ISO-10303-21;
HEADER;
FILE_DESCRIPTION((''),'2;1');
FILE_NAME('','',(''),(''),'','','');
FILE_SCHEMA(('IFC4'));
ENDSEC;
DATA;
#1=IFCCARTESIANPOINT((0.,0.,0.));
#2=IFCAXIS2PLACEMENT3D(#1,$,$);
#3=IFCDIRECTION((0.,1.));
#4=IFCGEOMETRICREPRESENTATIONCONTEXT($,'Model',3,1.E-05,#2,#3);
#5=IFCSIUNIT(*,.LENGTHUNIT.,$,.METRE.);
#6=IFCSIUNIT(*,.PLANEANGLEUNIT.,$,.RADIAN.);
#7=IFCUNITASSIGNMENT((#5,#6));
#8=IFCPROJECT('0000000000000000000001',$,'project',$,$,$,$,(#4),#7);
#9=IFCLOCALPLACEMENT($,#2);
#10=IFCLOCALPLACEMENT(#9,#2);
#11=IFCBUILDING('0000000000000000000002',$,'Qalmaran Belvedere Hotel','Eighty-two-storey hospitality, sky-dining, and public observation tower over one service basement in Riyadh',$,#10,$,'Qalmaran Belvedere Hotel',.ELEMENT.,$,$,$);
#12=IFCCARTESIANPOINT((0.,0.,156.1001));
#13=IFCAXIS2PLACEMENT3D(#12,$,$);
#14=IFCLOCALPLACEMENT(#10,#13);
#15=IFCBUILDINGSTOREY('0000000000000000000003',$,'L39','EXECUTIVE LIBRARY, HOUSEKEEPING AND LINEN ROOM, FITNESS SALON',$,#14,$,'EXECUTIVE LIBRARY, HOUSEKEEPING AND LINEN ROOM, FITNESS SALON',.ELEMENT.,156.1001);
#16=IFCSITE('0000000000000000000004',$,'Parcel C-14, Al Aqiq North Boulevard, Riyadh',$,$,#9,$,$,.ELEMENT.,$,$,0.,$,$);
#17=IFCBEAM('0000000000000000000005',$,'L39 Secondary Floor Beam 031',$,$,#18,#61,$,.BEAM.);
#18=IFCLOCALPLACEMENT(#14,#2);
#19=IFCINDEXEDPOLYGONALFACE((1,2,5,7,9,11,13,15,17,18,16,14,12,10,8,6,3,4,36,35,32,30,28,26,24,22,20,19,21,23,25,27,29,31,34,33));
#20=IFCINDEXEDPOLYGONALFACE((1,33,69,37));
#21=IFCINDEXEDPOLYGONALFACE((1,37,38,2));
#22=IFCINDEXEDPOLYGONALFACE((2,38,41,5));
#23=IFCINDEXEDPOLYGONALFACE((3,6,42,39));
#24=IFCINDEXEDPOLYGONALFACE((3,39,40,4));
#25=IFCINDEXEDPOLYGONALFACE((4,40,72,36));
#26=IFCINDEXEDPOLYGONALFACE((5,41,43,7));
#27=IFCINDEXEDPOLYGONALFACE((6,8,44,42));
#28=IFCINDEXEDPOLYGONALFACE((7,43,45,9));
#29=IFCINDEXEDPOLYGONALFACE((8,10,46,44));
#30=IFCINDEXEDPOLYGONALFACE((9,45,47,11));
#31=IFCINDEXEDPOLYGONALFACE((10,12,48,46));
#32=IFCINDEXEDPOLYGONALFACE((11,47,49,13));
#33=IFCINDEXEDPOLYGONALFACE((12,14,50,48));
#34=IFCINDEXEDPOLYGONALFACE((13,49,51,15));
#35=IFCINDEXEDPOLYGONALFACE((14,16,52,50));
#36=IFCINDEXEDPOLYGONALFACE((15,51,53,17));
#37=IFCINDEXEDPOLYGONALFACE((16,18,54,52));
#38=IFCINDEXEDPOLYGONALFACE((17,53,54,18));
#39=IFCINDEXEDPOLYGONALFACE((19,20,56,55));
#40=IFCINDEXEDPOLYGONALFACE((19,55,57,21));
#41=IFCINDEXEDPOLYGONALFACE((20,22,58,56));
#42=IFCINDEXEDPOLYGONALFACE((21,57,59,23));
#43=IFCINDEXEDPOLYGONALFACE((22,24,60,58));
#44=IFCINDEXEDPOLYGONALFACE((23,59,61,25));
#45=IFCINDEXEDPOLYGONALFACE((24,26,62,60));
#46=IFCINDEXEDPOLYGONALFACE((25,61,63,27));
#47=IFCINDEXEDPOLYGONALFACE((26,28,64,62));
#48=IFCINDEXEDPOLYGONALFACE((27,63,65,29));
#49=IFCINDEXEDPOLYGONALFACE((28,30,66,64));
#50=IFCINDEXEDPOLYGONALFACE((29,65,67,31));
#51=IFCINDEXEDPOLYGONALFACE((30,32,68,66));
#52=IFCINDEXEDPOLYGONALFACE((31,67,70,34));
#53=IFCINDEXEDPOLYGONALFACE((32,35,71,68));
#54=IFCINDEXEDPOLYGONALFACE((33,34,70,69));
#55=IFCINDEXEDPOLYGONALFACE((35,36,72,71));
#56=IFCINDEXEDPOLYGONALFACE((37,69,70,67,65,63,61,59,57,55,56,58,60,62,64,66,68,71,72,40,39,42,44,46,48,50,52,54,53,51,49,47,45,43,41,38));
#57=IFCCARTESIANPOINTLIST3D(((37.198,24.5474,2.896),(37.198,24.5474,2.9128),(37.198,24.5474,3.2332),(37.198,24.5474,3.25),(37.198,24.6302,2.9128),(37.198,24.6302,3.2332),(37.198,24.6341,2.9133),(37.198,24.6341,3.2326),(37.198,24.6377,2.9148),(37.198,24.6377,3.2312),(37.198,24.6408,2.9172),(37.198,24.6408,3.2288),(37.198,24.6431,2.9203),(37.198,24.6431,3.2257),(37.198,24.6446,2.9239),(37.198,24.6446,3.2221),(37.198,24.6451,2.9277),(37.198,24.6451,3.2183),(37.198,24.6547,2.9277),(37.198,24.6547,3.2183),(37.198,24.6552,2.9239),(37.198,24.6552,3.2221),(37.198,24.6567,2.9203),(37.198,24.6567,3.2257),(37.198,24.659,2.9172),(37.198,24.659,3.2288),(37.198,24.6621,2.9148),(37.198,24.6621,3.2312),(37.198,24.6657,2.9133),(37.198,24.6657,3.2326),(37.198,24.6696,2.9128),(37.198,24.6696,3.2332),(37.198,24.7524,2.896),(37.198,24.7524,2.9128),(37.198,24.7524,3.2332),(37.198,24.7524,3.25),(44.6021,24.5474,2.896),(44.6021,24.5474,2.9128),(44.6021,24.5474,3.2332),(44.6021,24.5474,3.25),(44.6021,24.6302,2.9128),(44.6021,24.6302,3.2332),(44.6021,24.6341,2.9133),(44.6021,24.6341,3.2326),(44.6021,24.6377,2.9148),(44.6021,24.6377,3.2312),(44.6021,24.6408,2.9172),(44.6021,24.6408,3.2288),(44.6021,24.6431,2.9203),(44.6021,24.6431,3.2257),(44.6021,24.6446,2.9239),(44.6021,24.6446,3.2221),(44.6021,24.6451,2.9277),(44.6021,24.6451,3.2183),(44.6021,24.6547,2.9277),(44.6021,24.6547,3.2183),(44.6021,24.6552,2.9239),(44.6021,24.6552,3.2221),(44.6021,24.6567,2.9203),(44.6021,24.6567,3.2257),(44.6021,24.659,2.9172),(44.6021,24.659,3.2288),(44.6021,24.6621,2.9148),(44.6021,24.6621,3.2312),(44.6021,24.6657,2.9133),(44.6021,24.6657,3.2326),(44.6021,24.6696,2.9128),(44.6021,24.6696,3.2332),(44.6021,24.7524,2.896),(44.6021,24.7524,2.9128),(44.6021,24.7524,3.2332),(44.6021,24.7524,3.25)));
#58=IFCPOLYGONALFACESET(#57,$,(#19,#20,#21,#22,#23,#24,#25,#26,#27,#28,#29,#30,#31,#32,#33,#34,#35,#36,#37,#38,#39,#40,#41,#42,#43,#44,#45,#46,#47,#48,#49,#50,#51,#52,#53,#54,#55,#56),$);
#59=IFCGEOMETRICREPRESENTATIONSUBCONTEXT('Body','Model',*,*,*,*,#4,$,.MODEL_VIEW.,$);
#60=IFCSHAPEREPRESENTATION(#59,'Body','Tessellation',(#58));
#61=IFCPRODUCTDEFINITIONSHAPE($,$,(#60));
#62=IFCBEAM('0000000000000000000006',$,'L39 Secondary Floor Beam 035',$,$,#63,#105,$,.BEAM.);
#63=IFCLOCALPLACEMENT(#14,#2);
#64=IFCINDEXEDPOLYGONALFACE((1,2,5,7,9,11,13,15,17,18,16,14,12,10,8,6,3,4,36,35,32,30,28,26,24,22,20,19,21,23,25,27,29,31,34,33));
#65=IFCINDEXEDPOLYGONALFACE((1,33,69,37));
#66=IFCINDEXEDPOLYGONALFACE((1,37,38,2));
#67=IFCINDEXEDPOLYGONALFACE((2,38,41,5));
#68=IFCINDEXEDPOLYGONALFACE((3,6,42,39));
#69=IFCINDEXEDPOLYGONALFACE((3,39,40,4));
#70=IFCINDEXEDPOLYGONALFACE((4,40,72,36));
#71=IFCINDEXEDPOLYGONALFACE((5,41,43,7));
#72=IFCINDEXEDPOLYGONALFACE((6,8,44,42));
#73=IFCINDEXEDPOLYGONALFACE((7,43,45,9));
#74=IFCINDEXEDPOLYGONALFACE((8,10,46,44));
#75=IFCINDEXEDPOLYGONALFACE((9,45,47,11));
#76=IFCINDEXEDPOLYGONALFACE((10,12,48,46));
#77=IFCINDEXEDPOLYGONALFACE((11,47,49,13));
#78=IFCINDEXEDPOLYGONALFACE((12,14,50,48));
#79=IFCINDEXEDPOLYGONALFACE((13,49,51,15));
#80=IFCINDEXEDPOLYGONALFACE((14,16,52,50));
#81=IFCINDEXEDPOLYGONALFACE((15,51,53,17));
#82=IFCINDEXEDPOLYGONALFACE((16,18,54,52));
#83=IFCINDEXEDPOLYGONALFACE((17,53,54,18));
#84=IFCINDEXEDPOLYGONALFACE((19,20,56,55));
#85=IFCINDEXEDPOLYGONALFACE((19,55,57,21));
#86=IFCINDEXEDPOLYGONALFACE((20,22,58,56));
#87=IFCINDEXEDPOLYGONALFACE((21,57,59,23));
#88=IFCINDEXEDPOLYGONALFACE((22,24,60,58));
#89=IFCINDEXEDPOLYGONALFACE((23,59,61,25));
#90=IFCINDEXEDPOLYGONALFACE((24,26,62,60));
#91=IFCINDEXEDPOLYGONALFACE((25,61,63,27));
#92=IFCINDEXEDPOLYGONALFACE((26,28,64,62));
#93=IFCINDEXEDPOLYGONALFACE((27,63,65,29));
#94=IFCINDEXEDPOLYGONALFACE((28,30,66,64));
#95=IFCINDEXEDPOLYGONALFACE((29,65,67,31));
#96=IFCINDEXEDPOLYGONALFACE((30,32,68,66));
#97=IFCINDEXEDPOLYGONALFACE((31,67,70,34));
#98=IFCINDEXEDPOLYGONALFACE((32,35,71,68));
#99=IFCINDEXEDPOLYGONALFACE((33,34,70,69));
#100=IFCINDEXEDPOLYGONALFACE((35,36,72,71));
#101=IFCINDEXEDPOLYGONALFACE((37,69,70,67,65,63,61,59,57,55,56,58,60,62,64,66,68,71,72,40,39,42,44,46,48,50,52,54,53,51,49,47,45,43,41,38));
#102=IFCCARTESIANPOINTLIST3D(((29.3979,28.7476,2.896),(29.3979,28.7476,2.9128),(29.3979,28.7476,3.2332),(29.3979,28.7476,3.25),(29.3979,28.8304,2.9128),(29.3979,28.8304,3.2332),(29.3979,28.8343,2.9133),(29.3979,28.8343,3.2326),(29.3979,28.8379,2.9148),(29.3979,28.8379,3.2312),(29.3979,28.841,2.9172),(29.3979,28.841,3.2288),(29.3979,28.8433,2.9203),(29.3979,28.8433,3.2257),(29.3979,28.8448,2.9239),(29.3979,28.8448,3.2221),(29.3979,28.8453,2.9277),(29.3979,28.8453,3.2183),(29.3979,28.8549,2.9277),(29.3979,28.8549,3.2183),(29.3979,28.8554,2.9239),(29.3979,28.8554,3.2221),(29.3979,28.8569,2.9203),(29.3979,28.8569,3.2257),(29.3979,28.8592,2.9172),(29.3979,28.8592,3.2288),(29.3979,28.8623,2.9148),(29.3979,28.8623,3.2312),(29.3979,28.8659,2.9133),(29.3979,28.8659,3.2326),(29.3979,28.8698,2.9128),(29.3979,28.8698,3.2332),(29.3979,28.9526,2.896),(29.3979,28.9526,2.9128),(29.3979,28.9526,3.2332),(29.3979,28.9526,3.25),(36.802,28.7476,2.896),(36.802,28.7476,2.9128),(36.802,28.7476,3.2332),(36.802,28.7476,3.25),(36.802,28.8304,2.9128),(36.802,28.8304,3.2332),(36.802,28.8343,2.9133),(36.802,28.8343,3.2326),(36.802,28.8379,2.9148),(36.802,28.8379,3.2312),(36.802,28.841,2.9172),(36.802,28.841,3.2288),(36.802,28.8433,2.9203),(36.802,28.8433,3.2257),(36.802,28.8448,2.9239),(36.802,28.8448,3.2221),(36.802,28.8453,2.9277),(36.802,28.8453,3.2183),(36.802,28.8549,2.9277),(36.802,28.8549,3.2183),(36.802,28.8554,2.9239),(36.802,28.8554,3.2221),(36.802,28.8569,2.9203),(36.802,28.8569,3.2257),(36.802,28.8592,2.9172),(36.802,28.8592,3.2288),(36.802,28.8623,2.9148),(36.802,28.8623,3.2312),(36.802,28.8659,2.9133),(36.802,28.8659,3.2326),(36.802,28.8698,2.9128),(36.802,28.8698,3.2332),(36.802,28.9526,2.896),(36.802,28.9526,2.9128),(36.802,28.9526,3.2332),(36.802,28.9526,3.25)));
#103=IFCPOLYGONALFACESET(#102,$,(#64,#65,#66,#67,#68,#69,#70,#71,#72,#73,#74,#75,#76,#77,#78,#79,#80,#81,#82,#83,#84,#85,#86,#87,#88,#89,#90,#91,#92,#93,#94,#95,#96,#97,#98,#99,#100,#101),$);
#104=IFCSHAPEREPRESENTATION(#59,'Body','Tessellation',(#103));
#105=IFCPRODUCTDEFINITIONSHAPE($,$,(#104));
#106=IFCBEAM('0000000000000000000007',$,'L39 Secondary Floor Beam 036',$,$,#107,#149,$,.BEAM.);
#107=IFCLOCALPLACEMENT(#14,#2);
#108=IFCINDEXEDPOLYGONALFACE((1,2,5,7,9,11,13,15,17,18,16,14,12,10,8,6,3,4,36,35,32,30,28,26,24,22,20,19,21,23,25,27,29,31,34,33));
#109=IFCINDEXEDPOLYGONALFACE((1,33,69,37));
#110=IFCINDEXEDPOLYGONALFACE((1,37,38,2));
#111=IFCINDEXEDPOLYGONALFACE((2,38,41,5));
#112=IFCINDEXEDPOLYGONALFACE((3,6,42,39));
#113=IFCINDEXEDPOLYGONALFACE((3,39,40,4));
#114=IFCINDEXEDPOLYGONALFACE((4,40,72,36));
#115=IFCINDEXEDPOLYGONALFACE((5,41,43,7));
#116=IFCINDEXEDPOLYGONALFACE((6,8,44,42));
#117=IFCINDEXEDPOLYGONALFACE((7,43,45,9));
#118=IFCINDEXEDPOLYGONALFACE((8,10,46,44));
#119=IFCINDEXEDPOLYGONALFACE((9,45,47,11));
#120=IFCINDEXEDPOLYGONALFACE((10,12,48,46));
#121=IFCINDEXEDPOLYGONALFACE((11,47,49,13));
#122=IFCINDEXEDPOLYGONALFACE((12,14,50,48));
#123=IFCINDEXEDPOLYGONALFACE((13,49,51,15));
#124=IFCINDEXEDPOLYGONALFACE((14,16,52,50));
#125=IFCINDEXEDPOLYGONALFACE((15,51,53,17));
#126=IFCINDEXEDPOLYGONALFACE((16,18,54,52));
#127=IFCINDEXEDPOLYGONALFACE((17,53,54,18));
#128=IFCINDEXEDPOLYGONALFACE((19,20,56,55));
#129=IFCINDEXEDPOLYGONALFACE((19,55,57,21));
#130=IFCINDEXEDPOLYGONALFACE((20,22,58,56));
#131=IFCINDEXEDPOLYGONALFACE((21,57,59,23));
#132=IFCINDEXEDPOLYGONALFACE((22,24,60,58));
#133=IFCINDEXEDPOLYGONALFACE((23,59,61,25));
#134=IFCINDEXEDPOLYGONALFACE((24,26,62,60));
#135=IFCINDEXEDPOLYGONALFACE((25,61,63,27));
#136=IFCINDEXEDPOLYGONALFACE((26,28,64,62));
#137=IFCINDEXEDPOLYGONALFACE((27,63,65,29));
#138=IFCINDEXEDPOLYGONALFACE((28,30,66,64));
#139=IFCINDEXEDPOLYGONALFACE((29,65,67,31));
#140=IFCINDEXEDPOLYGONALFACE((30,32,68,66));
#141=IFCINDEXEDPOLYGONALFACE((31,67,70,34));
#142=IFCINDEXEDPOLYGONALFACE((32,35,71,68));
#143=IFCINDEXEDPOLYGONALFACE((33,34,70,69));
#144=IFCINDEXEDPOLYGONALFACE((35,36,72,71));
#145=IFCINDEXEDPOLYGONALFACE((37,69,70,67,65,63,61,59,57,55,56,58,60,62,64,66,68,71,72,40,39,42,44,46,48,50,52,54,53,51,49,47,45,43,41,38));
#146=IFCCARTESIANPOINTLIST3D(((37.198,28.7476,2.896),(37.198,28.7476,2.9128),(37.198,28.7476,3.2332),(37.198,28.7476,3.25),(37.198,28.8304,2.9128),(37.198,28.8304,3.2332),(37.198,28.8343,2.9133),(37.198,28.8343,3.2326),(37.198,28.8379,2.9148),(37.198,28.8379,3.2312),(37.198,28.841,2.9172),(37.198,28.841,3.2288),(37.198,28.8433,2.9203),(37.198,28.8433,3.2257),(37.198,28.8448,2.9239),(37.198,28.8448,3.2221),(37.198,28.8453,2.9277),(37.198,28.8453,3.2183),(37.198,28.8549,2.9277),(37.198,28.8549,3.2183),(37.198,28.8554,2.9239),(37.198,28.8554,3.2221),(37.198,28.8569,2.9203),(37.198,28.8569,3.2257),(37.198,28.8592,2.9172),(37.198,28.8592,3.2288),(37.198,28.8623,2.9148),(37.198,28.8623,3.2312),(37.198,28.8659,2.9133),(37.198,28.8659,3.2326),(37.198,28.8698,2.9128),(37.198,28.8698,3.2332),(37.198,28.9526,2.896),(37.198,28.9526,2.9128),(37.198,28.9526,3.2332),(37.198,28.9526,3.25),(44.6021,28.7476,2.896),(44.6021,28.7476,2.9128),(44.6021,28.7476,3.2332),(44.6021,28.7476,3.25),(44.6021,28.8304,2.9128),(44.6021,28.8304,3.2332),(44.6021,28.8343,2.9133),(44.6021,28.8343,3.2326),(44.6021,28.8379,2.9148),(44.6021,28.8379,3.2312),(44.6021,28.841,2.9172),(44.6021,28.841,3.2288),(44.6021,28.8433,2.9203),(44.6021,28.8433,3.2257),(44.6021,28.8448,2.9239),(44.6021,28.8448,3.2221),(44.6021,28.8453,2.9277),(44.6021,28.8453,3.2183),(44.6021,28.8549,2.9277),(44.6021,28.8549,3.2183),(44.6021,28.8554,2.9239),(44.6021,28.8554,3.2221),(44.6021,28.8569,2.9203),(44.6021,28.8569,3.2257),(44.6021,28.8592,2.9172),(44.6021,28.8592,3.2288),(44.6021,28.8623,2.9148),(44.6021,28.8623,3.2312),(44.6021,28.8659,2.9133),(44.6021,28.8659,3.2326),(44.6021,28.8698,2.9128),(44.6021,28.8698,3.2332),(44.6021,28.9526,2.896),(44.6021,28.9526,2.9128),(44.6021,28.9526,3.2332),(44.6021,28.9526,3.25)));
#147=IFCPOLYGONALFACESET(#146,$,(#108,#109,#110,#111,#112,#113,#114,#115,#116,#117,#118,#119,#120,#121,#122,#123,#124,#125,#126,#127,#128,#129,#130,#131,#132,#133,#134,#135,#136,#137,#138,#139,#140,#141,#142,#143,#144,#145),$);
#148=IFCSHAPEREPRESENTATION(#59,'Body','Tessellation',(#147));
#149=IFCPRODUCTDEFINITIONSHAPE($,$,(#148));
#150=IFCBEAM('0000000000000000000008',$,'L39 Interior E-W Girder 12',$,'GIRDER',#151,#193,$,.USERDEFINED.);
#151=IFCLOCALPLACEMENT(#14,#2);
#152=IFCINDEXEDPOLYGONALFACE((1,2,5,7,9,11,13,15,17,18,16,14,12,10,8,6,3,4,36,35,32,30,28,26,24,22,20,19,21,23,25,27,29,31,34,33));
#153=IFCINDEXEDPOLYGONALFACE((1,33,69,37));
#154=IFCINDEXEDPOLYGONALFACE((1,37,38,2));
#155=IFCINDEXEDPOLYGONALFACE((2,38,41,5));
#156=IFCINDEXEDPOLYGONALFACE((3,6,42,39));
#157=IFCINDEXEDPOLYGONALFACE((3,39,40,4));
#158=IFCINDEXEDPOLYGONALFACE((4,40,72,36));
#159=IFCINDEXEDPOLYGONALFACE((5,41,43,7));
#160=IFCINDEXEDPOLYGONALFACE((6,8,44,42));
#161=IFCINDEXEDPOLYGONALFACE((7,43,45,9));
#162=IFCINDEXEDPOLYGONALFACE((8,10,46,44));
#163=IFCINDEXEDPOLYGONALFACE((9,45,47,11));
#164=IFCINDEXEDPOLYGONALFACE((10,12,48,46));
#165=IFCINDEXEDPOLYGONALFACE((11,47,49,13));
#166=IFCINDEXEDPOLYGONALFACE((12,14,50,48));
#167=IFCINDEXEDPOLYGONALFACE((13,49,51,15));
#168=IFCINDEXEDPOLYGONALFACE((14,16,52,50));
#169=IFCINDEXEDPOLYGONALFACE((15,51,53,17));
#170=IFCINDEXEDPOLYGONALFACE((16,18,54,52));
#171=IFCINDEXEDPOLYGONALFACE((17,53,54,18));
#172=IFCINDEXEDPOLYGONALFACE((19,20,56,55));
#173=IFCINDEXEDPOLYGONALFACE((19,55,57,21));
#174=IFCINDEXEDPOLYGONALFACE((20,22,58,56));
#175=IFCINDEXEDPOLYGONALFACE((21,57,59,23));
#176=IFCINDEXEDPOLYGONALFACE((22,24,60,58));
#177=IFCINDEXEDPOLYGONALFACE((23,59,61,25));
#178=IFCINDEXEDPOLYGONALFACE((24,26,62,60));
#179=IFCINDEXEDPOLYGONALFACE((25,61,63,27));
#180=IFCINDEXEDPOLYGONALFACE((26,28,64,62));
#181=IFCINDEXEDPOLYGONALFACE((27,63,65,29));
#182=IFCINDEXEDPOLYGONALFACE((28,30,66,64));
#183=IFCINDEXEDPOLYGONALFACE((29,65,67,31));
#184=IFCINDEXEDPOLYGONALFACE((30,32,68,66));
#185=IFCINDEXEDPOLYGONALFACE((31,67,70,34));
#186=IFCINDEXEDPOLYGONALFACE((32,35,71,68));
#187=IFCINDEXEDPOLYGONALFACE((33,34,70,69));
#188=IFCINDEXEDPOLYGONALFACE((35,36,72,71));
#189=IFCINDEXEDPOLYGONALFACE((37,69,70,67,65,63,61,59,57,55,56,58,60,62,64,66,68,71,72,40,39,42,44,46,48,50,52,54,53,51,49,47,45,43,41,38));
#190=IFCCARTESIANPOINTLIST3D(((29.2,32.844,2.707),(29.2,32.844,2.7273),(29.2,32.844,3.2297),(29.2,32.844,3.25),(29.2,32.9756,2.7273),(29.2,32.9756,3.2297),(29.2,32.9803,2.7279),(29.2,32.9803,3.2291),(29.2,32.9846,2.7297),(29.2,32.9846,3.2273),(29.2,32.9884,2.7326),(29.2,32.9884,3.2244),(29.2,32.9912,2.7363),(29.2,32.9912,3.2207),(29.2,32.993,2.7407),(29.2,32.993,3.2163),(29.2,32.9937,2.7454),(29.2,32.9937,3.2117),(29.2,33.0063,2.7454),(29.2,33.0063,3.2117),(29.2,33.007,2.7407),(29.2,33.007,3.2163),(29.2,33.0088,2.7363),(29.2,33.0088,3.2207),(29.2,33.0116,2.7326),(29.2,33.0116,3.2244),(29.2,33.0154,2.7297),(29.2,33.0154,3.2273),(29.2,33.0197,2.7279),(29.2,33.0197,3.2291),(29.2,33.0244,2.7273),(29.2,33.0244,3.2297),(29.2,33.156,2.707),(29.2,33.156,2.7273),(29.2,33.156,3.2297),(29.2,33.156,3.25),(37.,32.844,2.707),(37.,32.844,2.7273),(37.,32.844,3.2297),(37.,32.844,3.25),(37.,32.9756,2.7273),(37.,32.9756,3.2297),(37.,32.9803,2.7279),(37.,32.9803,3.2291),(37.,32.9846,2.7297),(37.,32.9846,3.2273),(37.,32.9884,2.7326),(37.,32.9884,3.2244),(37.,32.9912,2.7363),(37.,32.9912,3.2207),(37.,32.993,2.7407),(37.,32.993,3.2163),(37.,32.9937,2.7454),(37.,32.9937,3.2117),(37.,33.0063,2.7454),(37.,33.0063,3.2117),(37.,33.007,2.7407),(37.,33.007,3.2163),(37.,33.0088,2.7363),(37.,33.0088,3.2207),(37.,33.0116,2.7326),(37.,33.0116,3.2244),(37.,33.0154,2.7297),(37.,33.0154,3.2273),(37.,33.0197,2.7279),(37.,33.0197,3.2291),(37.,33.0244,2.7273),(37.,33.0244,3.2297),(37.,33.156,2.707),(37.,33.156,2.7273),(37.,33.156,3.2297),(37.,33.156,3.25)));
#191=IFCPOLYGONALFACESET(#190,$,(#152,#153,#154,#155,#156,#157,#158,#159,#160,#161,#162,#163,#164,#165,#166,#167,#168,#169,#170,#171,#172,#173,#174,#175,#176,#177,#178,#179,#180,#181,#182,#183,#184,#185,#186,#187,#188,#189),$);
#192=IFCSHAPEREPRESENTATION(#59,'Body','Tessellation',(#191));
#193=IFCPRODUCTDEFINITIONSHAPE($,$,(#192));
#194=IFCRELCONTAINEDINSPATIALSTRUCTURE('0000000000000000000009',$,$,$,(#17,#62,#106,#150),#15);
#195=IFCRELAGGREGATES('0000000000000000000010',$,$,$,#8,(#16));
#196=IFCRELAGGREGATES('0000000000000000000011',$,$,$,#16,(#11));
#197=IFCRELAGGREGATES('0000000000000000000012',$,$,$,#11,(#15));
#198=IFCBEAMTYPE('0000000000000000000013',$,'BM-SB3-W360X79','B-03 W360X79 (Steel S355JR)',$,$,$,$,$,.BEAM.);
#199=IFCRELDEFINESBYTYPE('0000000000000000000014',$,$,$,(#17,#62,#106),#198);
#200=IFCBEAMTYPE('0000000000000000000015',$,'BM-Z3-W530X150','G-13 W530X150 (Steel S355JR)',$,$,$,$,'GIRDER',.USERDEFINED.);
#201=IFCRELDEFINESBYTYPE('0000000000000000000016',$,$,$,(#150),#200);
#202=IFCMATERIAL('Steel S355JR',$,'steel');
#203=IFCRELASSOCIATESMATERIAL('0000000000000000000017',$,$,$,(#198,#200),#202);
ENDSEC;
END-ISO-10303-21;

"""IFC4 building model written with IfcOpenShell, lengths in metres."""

from ifc_helpers import new_model, si_unit, direction, frame, origin, origin_2d, place, context, subcontext, project, spatial, i_section, extrude, material, material_profile, profile_set, type_object, element, save


model = new_model("IFC4")

# Units and contexts
model_context = context("Model", 3, precision=1e-05, world=origin(), true_north=direction((0.0, 1.0)))
body_context = subcontext(model_context, "Body", "Model", "MODEL_VIEW")
ifc_project = project(units=[si_unit("LENGTHUNIT", "METRE"), si_unit("PLANEANGLEUNIT", "RADIAN")], contexts=[model_context])

# Site, building, storey
site_placement = place(None, origin())
site = spatial("IfcSite", under=ifc_project, at=site_placement, Name="Parcel C-14, Al Aqiq North Boulevard, Riyadh", CompositionType="ELEMENT", RefElevation=0.0)
building_placement = place(site_placement, origin())
building = spatial("IfcBuilding", under=site, at=building_placement, Name="Qalmaran Belvedere Hotel", Description="Eighty-two-storey hospitality, sky-dining, and public observation tower over one service basement in Riyadh", LongName="Qalmaran Belvedere Hotel", CompositionType="ELEMENT")
storey_placement = place(building_placement, frame((0.0, 0.0, 156.1001)))
storey = spatial("IfcBuildingStorey", under=building, at=storey_placement, Name="L39", Description="EXECUTIVE LIBRARY, HOUSEKEEPING AND LINEN ROOM, FITNESS SALON", LongName="EXECUTIVE LIBRARY, HOUSEKEEPING AND LINEN ROOM, FITNESS SALON", CompositionType="ELEMENT", Elevation=156.1001)

# Beams
ifc_material_1 = material(Name="Steel S355JR", Category="steel")
ifc_material_profile_1 = material_profile(ifc_material_1, i_section(OverallWidth=0.2051, OverallDepth=0.354, WebThickness=0.0095, FlangeThickness=0.0168, FilletRadius=0.0149, at=origin_2d()), Name="W360X79")
ifc_profile_set_1 = profile_set([ifc_material_profile_1], Name="Steel S355JR")
beam_type_1 = type_object("IfcBeamType", Name="BM-SB3-W360X79", Description="B-03 W360X79 (Steel S355JR)", PredefinedType="BEAM", material=ifc_profile_set_1)
for number, where, z_axis, x_axis, name in (
    (1, (37.198, 24.6499, 3.073), (1.0, 0.0, 0.0), (0.0, 1.0, 0.0), "L39 Secondary Floor Beam 031"),
    (2, (29.3979, 28.8501, 3.073), (1.0, 0.0, 0.0), (0.0, 1.0, 0.0), "L39 Secondary Floor Beam 035"),
    (3, (37.198, 28.8501, 3.073), (1.0, 0.0, 0.0), (0.0, 1.0, 0.0), "L39 Secondary Floor Beam 036"),
):
    element("IfcBeam", number, at=place(storey_placement, frame(where, z_axis=z_axis, x_axis=x_axis)), inside=storey, type_object=beam_type_1, Name=name, PredefinedType="BEAM", context=body_context, shape_type="SweptSolid", body=[
        extrude(i_section(OverallWidth=0.2051, OverallDepth=0.354, WebThickness=0.0095, FlangeThickness=0.0168, FilletRadius=0.0149, at=origin_2d()), origin(), (0.0, 0.0, 1.0), 7.4041),
    ])
ifc_material_profile_2 = material_profile(ifc_material_1, i_section(OverallWidth=0.312, OverallDepth=0.543, WebThickness=0.0127, FlangeThickness=0.0203, FilletRadius=0.0181, at=origin_2d()), Name="W530X150")
ifc_profile_set_2 = profile_set([ifc_material_profile_2], Name="Steel S355JR")
beam_type_2 = type_object("IfcBeamType", Name="BM-Z3-W530X150", Description="G-13 W530X150 (Steel S355JR)", ElementType="GIRDER", PredefinedType="USERDEFINED", material=ifc_profile_set_2)
for number, where, z_axis, x_axis, name in (
    (4, (29.2, 33.0, 2.9785), (1.0, 0.0, 0.0), (0.0, 1.0, 0.0), "L39 Interior E-W Girder 12"),
):
    element("IfcBeam", number, at=place(storey_placement, frame(where, z_axis=z_axis, x_axis=x_axis)), inside=storey, type_object=beam_type_2, Name=name, ObjectType="GIRDER", PredefinedType="USERDEFINED", context=body_context, shape_type="SweptSolid", body=[
        extrude(i_section(OverallWidth=0.312, OverallDepth=0.543, WebThickness=0.0127, FlangeThickness=0.0203, FilletRadius=0.0181, at=origin_2d()), origin(), (0.0, 0.0, 1.0), 7.8),
    ])

save(model, "model.ifc")
